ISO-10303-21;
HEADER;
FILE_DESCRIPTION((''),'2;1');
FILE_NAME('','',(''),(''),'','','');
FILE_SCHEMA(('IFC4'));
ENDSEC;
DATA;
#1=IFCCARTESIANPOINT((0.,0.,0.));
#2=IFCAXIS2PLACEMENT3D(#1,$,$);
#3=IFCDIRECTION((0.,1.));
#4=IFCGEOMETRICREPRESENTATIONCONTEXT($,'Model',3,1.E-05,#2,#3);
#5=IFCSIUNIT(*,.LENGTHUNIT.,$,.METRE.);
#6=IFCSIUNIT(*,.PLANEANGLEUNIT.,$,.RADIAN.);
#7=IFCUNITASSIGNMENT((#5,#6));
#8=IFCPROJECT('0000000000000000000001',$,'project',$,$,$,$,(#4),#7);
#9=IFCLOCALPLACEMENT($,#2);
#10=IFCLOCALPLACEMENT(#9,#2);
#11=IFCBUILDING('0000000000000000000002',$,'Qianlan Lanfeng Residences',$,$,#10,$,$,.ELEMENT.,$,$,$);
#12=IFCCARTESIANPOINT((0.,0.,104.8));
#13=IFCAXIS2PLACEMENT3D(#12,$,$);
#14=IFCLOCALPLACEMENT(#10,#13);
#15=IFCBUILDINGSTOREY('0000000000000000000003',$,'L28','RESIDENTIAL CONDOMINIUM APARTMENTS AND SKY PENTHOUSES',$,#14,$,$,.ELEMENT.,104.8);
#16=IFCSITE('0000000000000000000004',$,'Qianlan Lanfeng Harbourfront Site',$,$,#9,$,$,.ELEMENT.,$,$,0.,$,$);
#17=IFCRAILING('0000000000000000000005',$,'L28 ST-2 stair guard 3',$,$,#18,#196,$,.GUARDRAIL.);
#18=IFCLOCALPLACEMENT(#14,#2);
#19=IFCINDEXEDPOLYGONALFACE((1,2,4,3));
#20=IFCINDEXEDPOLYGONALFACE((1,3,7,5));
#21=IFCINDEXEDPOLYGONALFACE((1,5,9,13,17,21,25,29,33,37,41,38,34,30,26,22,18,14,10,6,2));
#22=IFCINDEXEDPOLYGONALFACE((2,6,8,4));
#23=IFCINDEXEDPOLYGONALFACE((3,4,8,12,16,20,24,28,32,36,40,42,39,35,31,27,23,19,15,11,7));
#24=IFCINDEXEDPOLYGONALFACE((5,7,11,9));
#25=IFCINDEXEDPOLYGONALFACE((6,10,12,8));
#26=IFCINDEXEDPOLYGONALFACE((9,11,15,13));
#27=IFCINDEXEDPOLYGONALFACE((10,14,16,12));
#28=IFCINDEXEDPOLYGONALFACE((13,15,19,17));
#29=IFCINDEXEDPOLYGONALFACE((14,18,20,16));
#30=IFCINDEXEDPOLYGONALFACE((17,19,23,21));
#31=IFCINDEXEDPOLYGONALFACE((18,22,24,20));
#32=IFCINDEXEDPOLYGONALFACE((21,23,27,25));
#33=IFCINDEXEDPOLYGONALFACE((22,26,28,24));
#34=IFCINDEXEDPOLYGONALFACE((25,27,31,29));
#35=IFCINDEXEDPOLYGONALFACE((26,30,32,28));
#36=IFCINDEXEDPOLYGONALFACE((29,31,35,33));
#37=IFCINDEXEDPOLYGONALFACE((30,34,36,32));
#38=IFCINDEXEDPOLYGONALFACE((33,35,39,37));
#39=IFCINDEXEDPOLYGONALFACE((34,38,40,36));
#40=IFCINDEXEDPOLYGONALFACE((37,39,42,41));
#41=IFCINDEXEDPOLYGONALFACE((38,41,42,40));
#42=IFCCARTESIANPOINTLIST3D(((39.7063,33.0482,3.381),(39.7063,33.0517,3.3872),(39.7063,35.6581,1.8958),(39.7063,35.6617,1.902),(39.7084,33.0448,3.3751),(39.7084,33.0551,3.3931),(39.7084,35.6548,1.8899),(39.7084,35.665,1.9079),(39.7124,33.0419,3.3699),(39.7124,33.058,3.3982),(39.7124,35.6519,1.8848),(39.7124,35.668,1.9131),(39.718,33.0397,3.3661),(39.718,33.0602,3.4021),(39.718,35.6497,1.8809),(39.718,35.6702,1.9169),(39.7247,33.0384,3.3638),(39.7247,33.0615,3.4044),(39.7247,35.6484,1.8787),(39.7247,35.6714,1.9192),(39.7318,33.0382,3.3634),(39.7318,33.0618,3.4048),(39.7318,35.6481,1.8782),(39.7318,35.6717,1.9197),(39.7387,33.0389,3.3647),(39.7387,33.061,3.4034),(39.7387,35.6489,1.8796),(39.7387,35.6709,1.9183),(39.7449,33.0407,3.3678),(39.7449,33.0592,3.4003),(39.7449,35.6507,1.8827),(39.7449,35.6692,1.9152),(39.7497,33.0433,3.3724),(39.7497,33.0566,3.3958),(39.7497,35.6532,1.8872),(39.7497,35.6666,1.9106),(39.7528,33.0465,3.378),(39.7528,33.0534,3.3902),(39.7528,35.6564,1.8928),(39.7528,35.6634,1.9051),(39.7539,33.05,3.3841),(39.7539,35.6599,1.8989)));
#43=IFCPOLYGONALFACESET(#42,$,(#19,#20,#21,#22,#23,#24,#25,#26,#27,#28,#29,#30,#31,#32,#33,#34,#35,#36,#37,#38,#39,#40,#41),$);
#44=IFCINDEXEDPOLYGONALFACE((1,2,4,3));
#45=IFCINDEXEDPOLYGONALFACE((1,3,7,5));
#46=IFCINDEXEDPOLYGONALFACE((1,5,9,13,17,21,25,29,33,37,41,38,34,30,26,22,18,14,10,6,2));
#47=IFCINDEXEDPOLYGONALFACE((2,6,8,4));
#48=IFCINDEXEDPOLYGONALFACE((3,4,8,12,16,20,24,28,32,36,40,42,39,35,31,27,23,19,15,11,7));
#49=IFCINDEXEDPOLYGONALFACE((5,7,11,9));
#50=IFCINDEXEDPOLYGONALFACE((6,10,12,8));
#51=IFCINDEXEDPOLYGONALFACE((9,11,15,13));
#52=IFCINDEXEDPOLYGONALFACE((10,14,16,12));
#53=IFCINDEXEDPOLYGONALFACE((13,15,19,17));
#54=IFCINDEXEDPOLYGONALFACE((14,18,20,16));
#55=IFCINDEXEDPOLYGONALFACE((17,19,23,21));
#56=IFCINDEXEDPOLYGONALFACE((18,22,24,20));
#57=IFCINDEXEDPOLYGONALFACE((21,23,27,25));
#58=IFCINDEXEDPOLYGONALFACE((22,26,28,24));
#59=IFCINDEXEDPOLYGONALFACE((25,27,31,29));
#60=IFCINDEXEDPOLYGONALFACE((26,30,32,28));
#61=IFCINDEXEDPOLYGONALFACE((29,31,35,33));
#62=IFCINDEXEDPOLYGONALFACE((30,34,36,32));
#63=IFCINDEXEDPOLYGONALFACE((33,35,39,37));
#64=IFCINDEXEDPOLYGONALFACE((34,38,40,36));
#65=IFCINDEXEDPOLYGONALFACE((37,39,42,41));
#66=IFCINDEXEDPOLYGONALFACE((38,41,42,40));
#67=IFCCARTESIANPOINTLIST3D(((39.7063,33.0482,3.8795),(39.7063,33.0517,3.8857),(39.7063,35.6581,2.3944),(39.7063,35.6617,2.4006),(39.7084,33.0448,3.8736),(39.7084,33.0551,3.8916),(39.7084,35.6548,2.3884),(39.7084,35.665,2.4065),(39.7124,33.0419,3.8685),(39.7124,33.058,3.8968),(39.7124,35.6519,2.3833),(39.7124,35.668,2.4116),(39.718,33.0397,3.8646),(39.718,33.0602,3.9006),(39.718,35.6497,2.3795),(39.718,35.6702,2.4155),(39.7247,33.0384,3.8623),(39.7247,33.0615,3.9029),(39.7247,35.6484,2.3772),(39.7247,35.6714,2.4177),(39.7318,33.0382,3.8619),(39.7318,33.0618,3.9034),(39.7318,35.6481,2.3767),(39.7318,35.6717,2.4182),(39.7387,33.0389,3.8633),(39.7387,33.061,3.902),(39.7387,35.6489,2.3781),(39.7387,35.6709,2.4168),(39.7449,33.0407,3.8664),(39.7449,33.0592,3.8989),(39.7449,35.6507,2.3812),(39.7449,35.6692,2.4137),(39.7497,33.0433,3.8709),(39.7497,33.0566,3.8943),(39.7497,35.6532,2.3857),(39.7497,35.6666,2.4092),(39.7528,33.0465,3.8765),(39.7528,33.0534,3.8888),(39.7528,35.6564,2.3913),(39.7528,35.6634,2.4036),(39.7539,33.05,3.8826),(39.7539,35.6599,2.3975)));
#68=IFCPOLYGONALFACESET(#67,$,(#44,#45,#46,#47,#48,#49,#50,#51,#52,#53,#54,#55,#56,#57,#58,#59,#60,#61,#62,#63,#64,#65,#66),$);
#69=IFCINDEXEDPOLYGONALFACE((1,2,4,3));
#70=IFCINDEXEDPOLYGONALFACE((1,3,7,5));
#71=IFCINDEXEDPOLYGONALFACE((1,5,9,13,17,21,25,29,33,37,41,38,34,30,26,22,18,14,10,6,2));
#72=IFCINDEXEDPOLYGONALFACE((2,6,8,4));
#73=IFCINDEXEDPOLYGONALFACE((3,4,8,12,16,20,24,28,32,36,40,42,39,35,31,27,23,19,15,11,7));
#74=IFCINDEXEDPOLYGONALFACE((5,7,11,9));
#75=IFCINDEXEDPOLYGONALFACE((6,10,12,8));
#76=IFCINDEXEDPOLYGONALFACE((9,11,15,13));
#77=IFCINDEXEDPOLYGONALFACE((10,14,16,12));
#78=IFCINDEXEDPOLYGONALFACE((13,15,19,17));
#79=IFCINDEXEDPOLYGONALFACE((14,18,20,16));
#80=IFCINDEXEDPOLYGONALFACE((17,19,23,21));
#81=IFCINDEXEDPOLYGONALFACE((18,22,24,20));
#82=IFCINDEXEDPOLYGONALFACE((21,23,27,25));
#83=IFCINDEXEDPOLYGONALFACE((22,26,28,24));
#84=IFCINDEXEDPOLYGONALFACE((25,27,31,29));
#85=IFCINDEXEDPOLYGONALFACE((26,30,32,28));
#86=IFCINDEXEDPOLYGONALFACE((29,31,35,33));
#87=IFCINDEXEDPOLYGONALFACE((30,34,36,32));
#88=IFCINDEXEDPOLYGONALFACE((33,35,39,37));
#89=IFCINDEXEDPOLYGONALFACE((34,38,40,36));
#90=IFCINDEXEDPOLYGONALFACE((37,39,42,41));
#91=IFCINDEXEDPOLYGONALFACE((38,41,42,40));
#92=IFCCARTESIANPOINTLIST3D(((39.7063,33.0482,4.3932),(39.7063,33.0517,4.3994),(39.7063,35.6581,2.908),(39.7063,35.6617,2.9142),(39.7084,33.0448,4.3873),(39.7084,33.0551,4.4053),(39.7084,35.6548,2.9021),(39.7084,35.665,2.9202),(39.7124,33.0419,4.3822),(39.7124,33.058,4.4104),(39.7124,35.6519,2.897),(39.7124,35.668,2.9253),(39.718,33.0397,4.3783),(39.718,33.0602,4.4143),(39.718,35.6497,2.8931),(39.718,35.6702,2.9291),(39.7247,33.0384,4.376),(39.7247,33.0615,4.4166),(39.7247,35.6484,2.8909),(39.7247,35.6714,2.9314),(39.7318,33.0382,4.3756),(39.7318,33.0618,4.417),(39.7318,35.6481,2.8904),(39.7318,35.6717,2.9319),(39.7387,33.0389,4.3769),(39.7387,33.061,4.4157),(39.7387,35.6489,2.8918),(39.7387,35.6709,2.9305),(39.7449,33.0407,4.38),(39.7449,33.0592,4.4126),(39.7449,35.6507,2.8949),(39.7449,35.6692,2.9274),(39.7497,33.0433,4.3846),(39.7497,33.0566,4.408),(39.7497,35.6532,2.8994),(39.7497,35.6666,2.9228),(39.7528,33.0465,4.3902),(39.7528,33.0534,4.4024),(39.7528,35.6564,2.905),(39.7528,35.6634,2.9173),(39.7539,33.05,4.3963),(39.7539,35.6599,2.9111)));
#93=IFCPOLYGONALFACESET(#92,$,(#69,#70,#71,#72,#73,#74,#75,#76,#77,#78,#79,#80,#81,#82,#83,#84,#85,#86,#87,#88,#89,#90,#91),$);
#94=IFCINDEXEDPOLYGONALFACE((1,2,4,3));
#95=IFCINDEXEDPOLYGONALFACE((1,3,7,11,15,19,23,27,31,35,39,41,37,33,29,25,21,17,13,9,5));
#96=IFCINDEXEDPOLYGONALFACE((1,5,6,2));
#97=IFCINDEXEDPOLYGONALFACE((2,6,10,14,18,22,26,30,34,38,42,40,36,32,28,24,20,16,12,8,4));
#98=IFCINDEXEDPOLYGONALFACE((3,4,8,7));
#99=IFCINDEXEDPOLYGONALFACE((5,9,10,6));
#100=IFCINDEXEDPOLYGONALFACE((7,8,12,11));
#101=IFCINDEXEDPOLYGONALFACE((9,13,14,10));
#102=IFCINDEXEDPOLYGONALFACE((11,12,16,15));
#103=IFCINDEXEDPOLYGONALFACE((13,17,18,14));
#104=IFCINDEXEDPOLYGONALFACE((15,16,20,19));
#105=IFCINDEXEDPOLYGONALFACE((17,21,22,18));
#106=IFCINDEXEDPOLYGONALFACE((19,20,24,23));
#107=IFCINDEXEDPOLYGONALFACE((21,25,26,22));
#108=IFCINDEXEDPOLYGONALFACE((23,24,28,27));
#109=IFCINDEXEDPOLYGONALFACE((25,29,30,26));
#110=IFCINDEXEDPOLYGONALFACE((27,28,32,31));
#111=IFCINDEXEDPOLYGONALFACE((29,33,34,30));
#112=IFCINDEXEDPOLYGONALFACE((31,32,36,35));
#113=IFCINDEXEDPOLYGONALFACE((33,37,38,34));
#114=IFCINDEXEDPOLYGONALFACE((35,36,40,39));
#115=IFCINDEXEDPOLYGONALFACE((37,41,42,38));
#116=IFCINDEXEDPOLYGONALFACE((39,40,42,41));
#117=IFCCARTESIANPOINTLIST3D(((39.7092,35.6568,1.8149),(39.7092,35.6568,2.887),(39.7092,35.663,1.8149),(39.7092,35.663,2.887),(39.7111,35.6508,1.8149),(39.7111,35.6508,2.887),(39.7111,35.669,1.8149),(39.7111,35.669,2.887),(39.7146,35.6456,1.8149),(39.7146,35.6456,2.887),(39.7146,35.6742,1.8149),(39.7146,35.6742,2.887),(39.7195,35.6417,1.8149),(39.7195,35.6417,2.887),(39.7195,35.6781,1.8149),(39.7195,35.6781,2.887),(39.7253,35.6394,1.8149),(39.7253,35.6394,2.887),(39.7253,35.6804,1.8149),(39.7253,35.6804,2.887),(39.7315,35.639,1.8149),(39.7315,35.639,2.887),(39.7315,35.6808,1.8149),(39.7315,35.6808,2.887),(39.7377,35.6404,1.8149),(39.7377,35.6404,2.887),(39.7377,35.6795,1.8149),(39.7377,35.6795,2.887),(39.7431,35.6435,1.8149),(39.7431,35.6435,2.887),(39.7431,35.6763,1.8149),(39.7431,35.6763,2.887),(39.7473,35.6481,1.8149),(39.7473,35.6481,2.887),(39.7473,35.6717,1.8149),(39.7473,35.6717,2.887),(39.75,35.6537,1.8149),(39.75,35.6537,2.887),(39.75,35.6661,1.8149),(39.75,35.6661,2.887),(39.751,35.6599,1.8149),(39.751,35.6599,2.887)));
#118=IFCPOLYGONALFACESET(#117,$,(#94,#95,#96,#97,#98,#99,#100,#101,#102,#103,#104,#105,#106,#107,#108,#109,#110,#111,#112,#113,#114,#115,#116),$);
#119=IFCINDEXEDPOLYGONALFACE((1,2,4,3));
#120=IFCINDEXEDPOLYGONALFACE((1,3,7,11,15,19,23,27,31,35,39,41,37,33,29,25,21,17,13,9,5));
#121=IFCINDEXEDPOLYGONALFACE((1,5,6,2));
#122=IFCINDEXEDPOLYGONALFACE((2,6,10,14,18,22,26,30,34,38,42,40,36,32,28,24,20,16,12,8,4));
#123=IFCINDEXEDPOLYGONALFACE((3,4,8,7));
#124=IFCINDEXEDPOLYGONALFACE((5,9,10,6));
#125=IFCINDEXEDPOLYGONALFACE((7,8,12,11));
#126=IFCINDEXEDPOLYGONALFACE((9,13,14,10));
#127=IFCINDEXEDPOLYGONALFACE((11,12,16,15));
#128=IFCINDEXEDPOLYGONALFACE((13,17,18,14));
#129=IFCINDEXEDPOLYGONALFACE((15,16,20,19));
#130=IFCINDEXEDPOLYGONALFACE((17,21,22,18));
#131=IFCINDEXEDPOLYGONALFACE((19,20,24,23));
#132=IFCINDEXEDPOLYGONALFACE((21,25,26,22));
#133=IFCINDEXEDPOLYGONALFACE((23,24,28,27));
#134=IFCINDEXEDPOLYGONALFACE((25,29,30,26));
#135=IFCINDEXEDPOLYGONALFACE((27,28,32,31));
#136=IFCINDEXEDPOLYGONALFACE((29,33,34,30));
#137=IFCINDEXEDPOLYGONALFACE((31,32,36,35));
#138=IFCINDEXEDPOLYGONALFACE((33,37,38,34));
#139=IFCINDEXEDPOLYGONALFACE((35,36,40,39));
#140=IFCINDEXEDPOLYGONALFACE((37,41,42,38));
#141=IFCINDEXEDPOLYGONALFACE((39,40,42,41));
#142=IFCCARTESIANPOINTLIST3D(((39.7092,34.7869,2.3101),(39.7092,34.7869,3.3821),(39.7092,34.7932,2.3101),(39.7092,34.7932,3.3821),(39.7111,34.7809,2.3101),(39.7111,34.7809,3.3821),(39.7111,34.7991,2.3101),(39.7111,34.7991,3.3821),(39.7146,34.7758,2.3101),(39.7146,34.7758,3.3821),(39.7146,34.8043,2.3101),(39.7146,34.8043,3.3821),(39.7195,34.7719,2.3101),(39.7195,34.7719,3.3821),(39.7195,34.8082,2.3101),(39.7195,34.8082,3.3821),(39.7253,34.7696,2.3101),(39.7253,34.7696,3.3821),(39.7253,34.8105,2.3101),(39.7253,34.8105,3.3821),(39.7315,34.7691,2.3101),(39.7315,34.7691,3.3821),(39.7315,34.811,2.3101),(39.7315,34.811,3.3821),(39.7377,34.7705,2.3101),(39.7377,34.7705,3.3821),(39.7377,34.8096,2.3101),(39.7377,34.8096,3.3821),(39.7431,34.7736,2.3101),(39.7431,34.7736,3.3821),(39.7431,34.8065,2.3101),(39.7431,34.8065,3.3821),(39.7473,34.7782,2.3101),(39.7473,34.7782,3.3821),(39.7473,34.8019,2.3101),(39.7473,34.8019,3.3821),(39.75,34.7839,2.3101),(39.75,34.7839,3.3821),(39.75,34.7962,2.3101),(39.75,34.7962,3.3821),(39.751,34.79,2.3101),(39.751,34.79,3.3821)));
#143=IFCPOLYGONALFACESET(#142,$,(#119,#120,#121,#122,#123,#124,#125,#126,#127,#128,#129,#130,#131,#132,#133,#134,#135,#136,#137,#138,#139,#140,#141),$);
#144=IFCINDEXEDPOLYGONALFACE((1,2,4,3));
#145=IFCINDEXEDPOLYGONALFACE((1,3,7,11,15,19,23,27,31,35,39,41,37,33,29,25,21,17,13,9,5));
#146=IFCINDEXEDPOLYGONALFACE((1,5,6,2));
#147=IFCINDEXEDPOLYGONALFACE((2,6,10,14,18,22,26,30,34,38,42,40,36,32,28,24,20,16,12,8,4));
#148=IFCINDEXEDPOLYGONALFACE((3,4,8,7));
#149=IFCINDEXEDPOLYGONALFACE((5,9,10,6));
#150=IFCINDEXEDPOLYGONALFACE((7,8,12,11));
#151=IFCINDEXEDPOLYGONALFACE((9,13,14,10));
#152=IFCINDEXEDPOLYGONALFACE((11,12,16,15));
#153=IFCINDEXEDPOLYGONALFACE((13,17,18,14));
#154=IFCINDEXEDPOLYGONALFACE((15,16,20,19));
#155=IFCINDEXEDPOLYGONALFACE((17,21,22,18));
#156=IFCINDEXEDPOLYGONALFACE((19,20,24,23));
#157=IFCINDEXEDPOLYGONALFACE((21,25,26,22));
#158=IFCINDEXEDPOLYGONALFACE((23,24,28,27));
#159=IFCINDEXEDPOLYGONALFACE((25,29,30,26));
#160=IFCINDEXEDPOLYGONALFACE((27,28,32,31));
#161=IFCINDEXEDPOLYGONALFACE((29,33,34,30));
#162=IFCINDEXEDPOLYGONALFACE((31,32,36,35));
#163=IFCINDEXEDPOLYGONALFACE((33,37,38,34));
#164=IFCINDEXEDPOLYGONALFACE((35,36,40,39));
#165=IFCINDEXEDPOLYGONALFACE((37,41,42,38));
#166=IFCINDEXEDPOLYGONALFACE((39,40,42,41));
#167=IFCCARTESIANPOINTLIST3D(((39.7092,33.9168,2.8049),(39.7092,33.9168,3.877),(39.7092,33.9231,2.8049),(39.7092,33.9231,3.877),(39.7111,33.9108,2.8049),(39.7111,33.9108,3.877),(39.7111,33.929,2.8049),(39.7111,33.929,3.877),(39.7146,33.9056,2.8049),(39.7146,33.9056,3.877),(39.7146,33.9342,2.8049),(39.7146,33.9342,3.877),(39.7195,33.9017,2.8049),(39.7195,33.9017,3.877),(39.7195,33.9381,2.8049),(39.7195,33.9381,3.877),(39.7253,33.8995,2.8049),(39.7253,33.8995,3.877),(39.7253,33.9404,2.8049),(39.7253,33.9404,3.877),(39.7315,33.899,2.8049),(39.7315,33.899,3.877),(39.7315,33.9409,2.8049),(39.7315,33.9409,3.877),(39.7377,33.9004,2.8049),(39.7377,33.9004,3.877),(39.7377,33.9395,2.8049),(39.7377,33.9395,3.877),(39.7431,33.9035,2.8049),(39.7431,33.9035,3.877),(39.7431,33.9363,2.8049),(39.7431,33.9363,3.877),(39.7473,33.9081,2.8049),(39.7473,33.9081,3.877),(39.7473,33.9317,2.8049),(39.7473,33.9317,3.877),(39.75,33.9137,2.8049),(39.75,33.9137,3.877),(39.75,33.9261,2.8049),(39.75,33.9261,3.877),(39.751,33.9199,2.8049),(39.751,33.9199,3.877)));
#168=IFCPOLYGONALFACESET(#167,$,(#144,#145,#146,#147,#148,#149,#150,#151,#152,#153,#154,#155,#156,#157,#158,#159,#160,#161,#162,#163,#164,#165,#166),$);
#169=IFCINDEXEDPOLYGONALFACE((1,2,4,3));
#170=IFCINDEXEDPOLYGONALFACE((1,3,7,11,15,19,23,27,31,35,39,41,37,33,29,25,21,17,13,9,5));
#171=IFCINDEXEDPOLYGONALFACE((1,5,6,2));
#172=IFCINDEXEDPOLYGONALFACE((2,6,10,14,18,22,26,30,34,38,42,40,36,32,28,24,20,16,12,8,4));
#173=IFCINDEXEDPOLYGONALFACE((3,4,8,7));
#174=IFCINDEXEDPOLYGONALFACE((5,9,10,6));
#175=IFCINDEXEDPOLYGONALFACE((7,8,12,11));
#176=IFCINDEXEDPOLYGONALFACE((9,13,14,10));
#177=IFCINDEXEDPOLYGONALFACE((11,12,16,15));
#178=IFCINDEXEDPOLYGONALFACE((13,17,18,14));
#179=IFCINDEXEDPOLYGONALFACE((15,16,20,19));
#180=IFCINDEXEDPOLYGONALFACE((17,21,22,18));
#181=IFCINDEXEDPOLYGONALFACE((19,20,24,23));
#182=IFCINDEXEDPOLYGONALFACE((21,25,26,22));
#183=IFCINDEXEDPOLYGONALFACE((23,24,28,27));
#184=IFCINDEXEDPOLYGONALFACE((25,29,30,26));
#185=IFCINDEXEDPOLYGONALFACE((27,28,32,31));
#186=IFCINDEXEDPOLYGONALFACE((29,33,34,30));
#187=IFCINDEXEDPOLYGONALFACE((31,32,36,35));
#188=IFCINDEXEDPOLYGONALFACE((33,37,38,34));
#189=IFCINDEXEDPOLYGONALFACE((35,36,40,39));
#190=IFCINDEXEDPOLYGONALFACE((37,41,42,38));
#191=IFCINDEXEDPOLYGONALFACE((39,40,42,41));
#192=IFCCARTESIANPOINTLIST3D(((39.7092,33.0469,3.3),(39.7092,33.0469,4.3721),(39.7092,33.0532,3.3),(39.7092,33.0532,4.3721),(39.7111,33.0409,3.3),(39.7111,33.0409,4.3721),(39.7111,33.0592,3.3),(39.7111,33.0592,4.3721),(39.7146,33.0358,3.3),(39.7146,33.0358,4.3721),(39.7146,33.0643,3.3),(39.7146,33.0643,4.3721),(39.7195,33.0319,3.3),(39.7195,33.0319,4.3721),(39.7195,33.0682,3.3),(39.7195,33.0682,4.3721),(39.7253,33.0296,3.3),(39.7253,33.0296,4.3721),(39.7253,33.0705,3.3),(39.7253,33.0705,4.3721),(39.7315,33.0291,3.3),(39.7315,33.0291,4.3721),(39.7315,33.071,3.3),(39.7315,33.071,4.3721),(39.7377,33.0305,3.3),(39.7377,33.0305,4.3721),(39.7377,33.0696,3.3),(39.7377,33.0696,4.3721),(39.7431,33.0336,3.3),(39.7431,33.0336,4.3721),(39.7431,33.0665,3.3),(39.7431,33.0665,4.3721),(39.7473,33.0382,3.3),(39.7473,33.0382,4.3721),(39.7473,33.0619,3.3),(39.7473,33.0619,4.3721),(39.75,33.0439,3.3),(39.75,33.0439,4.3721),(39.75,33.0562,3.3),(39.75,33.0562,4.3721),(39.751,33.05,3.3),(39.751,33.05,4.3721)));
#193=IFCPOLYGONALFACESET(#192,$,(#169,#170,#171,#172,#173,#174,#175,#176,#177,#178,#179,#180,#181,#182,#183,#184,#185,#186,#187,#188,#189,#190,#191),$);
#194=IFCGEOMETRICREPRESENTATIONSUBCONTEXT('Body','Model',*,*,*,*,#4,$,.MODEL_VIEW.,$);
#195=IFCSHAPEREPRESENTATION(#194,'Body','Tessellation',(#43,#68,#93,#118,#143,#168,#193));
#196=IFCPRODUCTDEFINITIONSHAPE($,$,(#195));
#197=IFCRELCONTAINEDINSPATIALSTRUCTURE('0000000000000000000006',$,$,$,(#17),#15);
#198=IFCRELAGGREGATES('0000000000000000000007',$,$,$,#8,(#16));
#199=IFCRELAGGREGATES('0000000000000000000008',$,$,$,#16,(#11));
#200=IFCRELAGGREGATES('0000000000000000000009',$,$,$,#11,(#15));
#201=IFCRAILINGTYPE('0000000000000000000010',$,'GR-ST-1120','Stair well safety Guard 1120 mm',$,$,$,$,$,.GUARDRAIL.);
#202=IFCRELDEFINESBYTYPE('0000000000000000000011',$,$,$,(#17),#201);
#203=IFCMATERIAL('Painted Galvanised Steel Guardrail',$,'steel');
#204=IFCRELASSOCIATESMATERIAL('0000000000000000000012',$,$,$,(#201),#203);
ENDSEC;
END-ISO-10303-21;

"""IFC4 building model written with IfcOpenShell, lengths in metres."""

from ifc_helpers import new_model, si_unit, direction, frame, origin, origin_2d, place, context, subcontext, project, spatial, circle, extrude, material, type_object, element, save


model = new_model("IFC4")

# Units and contexts
model_context = context("Model", 3, precision=1e-05, world=origin(), true_north=direction((0.0, 1.0)))
body_context = subcontext(model_context, "Body", "Model", "MODEL_VIEW")
ifc_project = project(units=[si_unit("LENGTHUNIT", "METRE"), si_unit("PLANEANGLEUNIT", "RADIAN")], contexts=[model_context])

# Site, building, storey
site_placement = place(None, origin())
site = spatial("IfcSite", under=ifc_project, at=site_placement, Name="Qianlan Lanfeng Harbourfront Site", CompositionType="ELEMENT", RefElevation=0.0)
building_placement = place(site_placement, origin())
building = spatial("IfcBuilding", under=site, at=building_placement, Name="Qianlan Lanfeng Residences", CompositionType="ELEMENT")
storey_placement = place(building_placement, frame((0.0, 0.0, 104.8)))
storey = spatial("IfcBuildingStorey", under=building, at=storey_placement, Name="L28", Description="RESIDENTIAL CONDOMINIUM APARTMENTS AND SKY PENTHOUSES", CompositionType="ELEMENT", Elevation=104.8)

# Railing
ifc_material_1 = material(Name="Painted Galvanised Steel Guardrail", Category="steel")
railing_type_1 = type_object("IfcRailingType", Name="GR-ST-1120", Description="Stair well safety Guard 1120 mm", PredefinedType="GUARDRAIL", material=ifc_material_1)
railing_1_placement = place(storey_placement, frame((39.73, 35.6599, 1.8149)))
element("IfcRailing", 1, at=railing_1_placement, inside=storey, type_object=railing_type_1, Name="L28 ST-2 stair guard 3", PredefinedType="GUARDRAIL", context=body_context, shape_type="SweptSolid", body=[
    extrude(circle(Radius=0.0239, at=origin_2d()), frame((0.0, 0.0, 0.084), z_axis=(0.0, -0.869137, 0.494571), x_axis=(1.0, 0.0, 0.0)), (0.0, 0.0, 1.0), 3.0029),
    extrude(circle(Radius=0.0239, at=origin_2d()), frame((0.0, 0.0, 0.5825), z_axis=(0.0, -0.869137, 0.494571), x_axis=(1.0, 0.0, 0.0)), (0.0, 0.0, 1.0), 3.0029),
    extrude(circle(Radius=0.0239, at=origin_2d()), frame((0.0, 0.0, 1.0962), z_axis=(0.0, -0.869137, 0.494571), x_axis=(1.0, 0.0, 0.0)), (0.0, 0.0, 1.0), 3.0029),
    extrude(circle(Radius=0.021, at=origin_2d()), origin(), (0.0, 0.0, 1.0), 1.072),
    extrude(circle(Radius=0.021, at=origin_2d()), frame((0.0, -0.8699, 0.4951)), (0.0, 0.0, 1.0), 1.072),
    extrude(circle(Radius=0.021, at=origin_2d()), frame((0.0, -1.74, 0.99)), (0.0, 0.0, 1.0), 1.072),
    extrude(circle(Radius=0.021, at=origin_2d()), frame((0.0, -2.6099, 1.4851)), (0.0, 0.0, 1.0), 1.072),
])

save(model, "model.ifc")
